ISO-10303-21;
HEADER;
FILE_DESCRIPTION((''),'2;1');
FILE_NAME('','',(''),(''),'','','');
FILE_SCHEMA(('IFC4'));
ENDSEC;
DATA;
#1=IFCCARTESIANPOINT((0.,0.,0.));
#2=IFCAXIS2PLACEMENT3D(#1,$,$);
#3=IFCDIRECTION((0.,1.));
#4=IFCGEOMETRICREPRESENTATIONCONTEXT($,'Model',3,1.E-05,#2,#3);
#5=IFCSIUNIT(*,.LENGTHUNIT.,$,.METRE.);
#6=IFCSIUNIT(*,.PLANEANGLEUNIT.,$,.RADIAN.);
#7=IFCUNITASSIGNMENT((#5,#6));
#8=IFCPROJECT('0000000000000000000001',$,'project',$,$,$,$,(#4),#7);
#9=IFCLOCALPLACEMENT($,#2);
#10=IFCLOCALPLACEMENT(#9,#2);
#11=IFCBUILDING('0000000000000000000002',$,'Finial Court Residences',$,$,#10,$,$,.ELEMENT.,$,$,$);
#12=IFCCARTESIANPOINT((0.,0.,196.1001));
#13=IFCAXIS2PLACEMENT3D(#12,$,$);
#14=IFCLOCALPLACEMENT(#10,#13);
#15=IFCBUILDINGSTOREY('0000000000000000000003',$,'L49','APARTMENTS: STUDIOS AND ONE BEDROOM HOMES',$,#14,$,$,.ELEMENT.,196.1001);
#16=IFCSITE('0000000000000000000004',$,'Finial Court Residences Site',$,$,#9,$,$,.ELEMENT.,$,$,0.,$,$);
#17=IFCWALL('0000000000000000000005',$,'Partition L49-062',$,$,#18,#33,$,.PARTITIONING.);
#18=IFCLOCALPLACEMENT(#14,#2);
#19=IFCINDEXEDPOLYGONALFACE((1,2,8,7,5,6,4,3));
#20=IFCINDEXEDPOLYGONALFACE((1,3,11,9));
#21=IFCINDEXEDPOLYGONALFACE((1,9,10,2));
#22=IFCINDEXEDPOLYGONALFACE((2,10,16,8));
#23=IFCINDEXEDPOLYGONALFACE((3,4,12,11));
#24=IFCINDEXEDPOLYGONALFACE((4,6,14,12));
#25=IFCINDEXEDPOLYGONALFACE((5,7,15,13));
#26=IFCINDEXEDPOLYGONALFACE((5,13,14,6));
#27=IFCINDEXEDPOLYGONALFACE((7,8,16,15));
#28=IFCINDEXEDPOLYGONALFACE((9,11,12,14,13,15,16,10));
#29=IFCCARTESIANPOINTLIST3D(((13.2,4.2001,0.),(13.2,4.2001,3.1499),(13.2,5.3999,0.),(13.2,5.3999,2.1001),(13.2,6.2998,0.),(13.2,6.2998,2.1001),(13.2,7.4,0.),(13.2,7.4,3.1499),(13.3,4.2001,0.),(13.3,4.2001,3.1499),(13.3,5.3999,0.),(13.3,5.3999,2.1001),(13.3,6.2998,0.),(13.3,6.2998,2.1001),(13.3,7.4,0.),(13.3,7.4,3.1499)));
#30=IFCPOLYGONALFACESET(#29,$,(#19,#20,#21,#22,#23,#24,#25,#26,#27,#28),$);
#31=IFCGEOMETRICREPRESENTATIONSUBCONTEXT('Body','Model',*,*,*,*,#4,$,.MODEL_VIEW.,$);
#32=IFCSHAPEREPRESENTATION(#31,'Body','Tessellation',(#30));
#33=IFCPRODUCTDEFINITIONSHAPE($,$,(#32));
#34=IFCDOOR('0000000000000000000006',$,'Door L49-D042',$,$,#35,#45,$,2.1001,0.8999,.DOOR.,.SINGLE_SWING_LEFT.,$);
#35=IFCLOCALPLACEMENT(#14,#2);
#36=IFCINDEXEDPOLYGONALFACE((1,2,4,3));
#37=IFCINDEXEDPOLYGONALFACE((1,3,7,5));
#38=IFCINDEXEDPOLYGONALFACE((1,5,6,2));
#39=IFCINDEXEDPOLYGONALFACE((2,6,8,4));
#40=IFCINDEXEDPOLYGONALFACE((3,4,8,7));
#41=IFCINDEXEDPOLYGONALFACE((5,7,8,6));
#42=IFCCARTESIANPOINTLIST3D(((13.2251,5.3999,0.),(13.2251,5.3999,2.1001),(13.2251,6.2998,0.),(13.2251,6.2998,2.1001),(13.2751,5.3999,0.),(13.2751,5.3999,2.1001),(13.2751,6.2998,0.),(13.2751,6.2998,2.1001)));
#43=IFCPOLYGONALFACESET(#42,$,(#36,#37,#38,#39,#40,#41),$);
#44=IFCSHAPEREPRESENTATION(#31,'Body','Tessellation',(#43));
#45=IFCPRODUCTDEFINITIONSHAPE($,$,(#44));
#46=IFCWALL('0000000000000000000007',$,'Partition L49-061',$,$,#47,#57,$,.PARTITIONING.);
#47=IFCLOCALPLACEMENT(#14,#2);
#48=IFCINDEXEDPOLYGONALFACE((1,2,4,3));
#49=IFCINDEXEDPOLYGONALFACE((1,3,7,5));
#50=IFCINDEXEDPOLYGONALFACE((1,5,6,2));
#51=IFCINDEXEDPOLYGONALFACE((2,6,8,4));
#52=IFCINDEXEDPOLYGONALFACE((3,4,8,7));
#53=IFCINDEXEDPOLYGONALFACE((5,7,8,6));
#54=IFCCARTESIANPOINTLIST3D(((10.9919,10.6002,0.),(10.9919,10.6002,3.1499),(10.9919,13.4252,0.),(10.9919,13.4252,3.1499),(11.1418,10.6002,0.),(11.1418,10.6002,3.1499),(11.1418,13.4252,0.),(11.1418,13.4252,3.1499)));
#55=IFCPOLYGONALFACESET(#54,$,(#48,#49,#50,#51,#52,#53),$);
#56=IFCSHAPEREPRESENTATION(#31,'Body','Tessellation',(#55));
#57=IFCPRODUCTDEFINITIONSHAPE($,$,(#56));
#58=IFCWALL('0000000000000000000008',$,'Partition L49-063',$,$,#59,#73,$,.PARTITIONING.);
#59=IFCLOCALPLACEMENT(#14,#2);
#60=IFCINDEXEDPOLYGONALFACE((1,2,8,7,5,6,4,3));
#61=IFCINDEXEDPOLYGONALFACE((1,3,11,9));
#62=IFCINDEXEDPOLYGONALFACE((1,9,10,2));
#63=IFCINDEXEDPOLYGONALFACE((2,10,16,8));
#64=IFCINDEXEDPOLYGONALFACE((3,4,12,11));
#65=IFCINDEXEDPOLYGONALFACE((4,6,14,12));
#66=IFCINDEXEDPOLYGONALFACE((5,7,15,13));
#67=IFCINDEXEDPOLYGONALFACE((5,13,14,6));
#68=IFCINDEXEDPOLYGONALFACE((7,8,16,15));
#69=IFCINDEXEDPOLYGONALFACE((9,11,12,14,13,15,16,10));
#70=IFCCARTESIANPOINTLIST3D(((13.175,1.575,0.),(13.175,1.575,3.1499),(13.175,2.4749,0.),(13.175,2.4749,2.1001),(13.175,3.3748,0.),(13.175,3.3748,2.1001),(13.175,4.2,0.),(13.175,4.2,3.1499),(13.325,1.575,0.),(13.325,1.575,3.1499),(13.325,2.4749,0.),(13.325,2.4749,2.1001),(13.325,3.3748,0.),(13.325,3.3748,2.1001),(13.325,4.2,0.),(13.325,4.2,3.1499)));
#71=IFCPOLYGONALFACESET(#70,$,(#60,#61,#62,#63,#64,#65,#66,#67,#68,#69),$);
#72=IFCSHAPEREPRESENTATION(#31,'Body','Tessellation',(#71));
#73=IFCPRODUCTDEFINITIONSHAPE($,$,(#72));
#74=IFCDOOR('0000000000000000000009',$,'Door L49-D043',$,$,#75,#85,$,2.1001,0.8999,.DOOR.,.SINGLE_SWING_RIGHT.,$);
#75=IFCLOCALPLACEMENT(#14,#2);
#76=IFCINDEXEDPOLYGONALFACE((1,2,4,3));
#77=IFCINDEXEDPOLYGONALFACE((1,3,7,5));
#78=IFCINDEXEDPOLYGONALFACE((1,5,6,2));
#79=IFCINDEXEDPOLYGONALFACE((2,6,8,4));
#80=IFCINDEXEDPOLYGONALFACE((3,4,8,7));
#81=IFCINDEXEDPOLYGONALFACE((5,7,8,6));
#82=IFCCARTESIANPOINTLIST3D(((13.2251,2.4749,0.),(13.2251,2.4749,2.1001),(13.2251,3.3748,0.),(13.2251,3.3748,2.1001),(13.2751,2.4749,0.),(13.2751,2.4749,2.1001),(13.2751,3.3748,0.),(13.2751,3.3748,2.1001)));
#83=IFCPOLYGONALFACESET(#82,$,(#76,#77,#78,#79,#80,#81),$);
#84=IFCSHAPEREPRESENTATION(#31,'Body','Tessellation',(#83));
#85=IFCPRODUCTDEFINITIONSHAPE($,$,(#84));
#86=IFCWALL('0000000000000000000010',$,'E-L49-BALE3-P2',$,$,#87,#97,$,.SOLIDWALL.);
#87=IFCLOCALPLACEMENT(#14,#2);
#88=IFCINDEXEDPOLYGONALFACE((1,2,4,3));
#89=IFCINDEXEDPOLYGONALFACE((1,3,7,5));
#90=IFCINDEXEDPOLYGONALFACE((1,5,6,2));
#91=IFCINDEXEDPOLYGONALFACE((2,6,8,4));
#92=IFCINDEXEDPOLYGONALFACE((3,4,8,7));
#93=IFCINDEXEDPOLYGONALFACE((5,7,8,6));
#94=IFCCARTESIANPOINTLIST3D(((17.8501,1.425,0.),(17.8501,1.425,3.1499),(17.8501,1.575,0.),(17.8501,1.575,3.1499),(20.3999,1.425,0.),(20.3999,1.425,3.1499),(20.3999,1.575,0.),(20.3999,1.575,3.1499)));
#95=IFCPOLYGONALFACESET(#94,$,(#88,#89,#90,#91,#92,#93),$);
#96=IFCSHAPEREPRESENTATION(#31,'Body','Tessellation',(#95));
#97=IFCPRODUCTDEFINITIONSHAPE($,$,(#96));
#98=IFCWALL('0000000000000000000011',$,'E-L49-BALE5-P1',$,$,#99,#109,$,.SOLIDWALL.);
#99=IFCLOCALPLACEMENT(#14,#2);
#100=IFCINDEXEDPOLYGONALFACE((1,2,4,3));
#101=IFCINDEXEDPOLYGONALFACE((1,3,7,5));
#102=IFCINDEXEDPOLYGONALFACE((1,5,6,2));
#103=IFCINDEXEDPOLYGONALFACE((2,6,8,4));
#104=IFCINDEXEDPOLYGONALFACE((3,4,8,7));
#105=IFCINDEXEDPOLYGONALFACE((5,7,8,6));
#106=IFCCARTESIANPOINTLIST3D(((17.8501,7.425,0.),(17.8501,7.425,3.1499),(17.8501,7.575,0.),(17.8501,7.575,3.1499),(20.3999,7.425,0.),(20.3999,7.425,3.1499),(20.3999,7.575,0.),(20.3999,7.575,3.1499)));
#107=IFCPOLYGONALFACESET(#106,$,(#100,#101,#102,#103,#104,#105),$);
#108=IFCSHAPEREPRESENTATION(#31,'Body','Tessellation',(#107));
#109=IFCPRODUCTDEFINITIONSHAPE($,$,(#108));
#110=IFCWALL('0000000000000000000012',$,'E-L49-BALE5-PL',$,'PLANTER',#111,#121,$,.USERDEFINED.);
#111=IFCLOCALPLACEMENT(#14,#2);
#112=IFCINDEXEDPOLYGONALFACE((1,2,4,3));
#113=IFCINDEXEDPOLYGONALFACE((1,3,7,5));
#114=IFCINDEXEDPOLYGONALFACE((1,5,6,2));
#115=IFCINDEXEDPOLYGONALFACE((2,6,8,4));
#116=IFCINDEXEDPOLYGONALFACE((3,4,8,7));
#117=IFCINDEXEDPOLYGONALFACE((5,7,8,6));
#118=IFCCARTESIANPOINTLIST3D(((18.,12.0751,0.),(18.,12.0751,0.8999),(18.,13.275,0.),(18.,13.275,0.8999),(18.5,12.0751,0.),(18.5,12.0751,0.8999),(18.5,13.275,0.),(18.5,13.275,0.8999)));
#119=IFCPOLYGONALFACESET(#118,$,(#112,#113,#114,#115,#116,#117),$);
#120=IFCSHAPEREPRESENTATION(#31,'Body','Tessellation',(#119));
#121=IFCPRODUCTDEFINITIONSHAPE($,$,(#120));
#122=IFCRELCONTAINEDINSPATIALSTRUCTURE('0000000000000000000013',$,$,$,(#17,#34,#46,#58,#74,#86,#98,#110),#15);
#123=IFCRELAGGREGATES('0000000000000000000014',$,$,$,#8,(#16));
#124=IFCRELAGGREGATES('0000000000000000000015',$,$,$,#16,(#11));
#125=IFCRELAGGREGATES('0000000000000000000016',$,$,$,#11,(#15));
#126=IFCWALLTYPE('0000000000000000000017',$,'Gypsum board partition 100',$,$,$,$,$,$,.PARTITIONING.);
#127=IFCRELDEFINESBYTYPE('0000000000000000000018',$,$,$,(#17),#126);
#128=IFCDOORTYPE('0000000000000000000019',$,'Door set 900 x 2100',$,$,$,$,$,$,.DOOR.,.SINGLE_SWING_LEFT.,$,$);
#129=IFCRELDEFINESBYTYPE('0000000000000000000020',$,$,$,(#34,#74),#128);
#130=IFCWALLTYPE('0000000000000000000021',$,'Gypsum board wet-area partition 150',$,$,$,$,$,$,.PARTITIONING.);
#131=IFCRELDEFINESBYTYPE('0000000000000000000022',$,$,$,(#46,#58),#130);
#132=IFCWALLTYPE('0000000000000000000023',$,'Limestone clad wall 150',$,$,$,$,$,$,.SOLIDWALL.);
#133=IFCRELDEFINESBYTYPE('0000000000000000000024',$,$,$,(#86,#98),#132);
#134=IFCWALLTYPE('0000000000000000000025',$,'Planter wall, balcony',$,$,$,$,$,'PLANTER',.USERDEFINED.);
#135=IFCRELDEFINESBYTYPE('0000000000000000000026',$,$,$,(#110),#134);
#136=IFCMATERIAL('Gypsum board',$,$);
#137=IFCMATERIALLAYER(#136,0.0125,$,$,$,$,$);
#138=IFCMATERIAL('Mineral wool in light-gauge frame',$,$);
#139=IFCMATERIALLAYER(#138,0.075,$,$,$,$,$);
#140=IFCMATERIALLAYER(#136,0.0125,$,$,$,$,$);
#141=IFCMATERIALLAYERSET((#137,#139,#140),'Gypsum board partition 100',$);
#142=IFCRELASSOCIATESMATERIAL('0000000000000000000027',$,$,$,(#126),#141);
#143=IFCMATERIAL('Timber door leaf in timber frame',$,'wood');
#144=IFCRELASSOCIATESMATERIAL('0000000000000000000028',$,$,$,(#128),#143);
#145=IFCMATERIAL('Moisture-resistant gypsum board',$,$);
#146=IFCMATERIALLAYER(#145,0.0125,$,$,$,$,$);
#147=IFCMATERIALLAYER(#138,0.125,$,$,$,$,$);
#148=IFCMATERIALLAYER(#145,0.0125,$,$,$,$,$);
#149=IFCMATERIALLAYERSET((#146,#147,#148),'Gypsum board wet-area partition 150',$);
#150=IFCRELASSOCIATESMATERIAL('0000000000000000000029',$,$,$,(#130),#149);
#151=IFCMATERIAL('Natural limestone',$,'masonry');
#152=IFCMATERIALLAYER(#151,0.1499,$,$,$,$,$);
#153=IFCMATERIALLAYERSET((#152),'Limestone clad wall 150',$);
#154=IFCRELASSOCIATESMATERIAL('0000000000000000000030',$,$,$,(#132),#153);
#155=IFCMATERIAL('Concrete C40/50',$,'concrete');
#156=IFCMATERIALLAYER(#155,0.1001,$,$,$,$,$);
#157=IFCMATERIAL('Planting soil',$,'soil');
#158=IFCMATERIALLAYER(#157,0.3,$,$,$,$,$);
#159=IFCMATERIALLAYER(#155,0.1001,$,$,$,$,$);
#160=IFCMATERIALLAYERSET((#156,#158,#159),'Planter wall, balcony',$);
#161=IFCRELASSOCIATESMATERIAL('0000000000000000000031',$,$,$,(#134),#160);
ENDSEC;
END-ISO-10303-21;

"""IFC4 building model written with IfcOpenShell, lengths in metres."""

from ifc_helpers import new_model, si_unit, direction, frame, frame_2d, origin, place, context, subcontext, project, spatial, rectangle, extrude, material, layer, layer_set, type_object, element, fill, save


model = new_model("IFC4")

# Units and contexts
model_context = context("Model", 3, precision=1e-05, world=origin(), true_north=direction((0.0, 1.0)))
body_context = subcontext(model_context, "Body", "Model", "MODEL_VIEW")
ifc_project = project(units=[si_unit("LENGTHUNIT", "METRE"), si_unit("PLANEANGLEUNIT", "RADIAN")], contexts=[model_context])

# Site, building, storey
site_placement = place(None, origin())
site = spatial("IfcSite", under=ifc_project, at=site_placement, Name="Finial Court Residences Site", CompositionType="ELEMENT", RefElevation=0.0)
building_placement = place(site_placement, origin())
building = spatial("IfcBuilding", under=site, at=building_placement, Name="Finial Court Residences", CompositionType="ELEMENT")
storey_placement = place(building_placement, frame((0.0, 0.0, 196.1001)))
storey = spatial("IfcBuildingStorey", under=building, at=storey_placement, Name="L49", Description="APARTMENTS: STUDIOS AND ONE BEDROOM HOMES", CompositionType="ELEMENT", Elevation=196.1001)

# Wall, opening, door
ifc_material_1 = material(Name="Gypsum board")
ifc_layer_1 = layer(ifc_material_1, 0.0125)
ifc_material_2 = material(Name="Mineral wool in light-gauge frame")
ifc_layer_2 = layer(ifc_material_2, 0.075)
ifc_layer_3 = layer(ifc_material_1, 0.0125)
ifc_layer_set_1 = layer_set([ifc_layer_1, ifc_layer_2, ifc_layer_3], Name="Gypsum board partition 100")
wall_type_1 = type_object("IfcWallType", Name="Gypsum board partition 100", PredefinedType="PARTITIONING", material=ifc_layer_set_1)
ifc_material_3 = material(Name="Timber door leaf in timber frame", Category="wood")
door_type_1 = type_object("IfcDoorType", Name="Door set 900 x 2100", OperationType="SINGLE_SWING_LEFT", PredefinedType="DOOR", material=ifc_material_3)
wall_1_placement = place(storey_placement, frame((13.25, 4.2, 0.0), z_axis=(0.0, 0.0, 1.0), x_axis=(0.0, 1.0, 0.0)))
wall_1 = element("IfcWall", 1, at=wall_1_placement, inside=storey, type_object=wall_type_1, Name="Partition L49-062", PredefinedType="PARTITIONING", context=body_context, shape_type="SweptSolid", body=[
    extrude(rectangle(XDim=3.2, YDim=0.1001, at=frame_2d((1.6001, 0.0))), origin(), (0.0, 0.0, 1.0), 3.1499),
])
opening_1_placement = place(wall_1_placement, frame((1.2, 0.0, 0.0)))
opening_1 = element("IfcOpeningElement", 2, at=opening_1_placement, cuts=wall_1, PredefinedType="OPENING", context=body_context, shape_type="SweptSolid", body=[
    extrude(rectangle(XDim=0.8999, YDim=2.1001, at=frame_2d((0.45, 1.05))), frame((0.0, 0.0601, 0.0), z_axis=(0.0, -1.0, 0.0), x_axis=(1.0, 0.0, 0.0)), (0.0, 0.0, 1.0), 0.1201),
])
door_1_placement = place(opening_1_placement, origin())
door_1 = element("IfcDoor", 3, at=door_1_placement, inside=storey, type_object=door_type_1, Name="Door L49-D042", OperationType="SINGLE_SWING_LEFT", OverallHeight=2.1001, OverallWidth=0.8999, PredefinedType="DOOR", context=body_context, shape_type="SweptSolid", body=[
    extrude(rectangle(XDim=0.8999, YDim=2.1001, at=frame_2d((0.45, 1.05))), frame((0.0, 0.0249, 0.0), z_axis=(0.0, -1.0, 0.0), x_axis=(1.0, 0.0, 0.0)), (0.0, 0.0, 1.0), 0.05),
])
fill(opening_1, door_1)

# Wall
ifc_material_4 = material(Name="Moisture-resistant gypsum board")
ifc_layer_4 = layer(ifc_material_4, 0.0125)
ifc_layer_5 = layer(ifc_material_2, 0.125)
ifc_layer_6 = layer(ifc_material_4, 0.0125)
ifc_layer_set_2 = layer_set([ifc_layer_4, ifc_layer_5, ifc_layer_6], Name="Gypsum board wet-area partition 150")
wall_type_2 = type_object("IfcWallType", Name="Gypsum board wet-area partition 150", PredefinedType="PARTITIONING", material=ifc_layer_set_2)
wall_2_placement = place(storey_placement, frame((11.0669, 10.6001, 0.0), z_axis=(0.0, 0.0, 1.0), x_axis=(0.0, 1.0, 0.0)))
element("IfcWall", 4, at=wall_2_placement, inside=storey, type_object=wall_type_2, Name="Partition L49-061", PredefinedType="PARTITIONING", context=body_context, shape_type="SweptSolid", body=[
    extrude(rectangle(XDim=2.825, YDim=0.1499, at=frame_2d((1.4126, 0.0))), origin(), (0.0, 0.0, 1.0), 3.1499),
])

# Wall, opening, door
wall_3_placement = place(storey_placement, frame((13.25, 1.575, 0.0), z_axis=(0.0, 0.0, 1.0), x_axis=(0.0, 1.0, 0.0)))
wall_3 = element("IfcWall", 5, at=wall_3_placement, inside=storey, type_object=wall_type_2, Name="Partition L49-063", PredefinedType="PARTITIONING", context=body_context, shape_type="SweptSolid", body=[
    extrude(rectangle(XDim=2.625, YDim=0.1499, at=frame_2d((1.3125, 0.0))), origin(), (0.0, 0.0, 1.0), 3.1499),
])
opening_2_placement = place(wall_3_placement, frame((0.8999, 0.0, 0.0)))
opening_2 = element("IfcOpeningElement", 6, at=opening_2_placement, cuts=wall_3, PredefinedType="OPENING", context=body_context, shape_type="SweptSolid", body=[
    extrude(rectangle(XDim=0.8999, YDim=2.1001, at=frame_2d((0.45, 1.05))), frame((0.0, 0.085, 0.0), z_axis=(0.0, -1.0, 0.0), x_axis=(1.0, 0.0, 0.0)), (0.0, 0.0, 1.0), 0.1699),
])
door_2_placement = place(opening_2_placement, origin())
door_2 = element("IfcDoor", 7, at=door_2_placement, inside=storey, type_object=door_type_1, Name="Door L49-D043", OperationType="SINGLE_SWING_RIGHT", OverallHeight=2.1001, OverallWidth=0.8999, PredefinedType="DOOR", context=body_context, shape_type="SweptSolid", body=[
    extrude(rectangle(XDim=0.8999, YDim=2.1001, at=frame_2d((0.45, 1.05))), frame((0.0, 0.0249, 0.0), z_axis=(0.0, -1.0, 0.0), x_axis=(1.0, 0.0, 0.0)), (0.0, 0.0, 1.0), 0.05),
])
fill(opening_2, door_2)

# Wall
ifc_material_5 = material(Name="Natural limestone", Category="masonry")
ifc_layer_7 = layer(ifc_material_5, 0.1499)
ifc_layer_set_3 = layer_set([ifc_layer_7], Name="Limestone clad wall 150")
wall_type_3 = type_object("IfcWallType", Name="Limestone clad wall 150", PredefinedType="SOLIDWALL", material=ifc_layer_set_3)
wall_4_placement = place(storey_placement, frame((17.8501, 1.5, 0.0), z_axis=(0.0, 0.0, 1.0), x_axis=(1.0, 0.0, 0.0)))
element("IfcWall", 8, at=wall_4_placement, inside=storey, type_object=wall_type_3, Name="E-L49-BALE3-P2", PredefinedType="SOLIDWALL", context=body_context, shape_type="SweptSolid", body=[
    extrude(rectangle(XDim=2.5498, YDim=0.1499, at=frame_2d((1.2749, 0.0))), origin(), (0.0, 0.0, 1.0), 3.1499),
])

# Wall
wall_5_placement = place(storey_placement, frame((17.8501, 7.5, 0.0), z_axis=(0.0, 0.0, 1.0), x_axis=(1.0, 0.0, 0.0)))
element("IfcWall", 9, at=wall_5_placement, inside=storey, type_object=wall_type_3, Name="E-L49-BALE5-P1", PredefinedType="SOLIDWALL", context=body_context, shape_type="SweptSolid", body=[
    extrude(rectangle(XDim=2.5498, YDim=0.1499, at=frame_2d((1.2749, 0.0))), origin(), (0.0, 0.0, 1.0), 3.1499),
])

# Wall
ifc_material_6 = material(Name="Concrete C40/50", Category="concrete")
ifc_layer_8 = layer(ifc_material_6, 0.1001)
ifc_material_7 = material(Name="Planting soil", Category="soil")
ifc_layer_9 = layer(ifc_material_7, 0.3)
ifc_layer_10 = layer(ifc_material_6, 0.1001)
ifc_layer_set_4 = layer_set([ifc_layer_8, ifc_layer_9, ifc_layer_10], Name="Planter wall, balcony")
wall_type_4 = type_object("IfcWallType", Name="Planter wall, balcony", ElementType="PLANTER", PredefinedType="USERDEFINED", material=ifc_layer_set_4)
wall_6_placement = place(storey_placement, frame((18.25, 12.075, 0.0), z_axis=(0.0, 0.0, 1.0), x_axis=(0.0, 1.0, 0.0)))
element("IfcWall", 10, at=wall_6_placement, inside=storey, type_object=wall_type_4, Name="E-L49-BALE5-PL", ObjectType="PLANTER", PredefinedType="USERDEFINED", context=body_context, shape_type="SweptSolid", body=[
    extrude(rectangle(XDim=1.2, YDim=0.5, at=frame_2d((0.6001, 0.0))), origin(), (0.0, 0.0, 1.0), 0.8999),
])

save(model, "model.ifc")
